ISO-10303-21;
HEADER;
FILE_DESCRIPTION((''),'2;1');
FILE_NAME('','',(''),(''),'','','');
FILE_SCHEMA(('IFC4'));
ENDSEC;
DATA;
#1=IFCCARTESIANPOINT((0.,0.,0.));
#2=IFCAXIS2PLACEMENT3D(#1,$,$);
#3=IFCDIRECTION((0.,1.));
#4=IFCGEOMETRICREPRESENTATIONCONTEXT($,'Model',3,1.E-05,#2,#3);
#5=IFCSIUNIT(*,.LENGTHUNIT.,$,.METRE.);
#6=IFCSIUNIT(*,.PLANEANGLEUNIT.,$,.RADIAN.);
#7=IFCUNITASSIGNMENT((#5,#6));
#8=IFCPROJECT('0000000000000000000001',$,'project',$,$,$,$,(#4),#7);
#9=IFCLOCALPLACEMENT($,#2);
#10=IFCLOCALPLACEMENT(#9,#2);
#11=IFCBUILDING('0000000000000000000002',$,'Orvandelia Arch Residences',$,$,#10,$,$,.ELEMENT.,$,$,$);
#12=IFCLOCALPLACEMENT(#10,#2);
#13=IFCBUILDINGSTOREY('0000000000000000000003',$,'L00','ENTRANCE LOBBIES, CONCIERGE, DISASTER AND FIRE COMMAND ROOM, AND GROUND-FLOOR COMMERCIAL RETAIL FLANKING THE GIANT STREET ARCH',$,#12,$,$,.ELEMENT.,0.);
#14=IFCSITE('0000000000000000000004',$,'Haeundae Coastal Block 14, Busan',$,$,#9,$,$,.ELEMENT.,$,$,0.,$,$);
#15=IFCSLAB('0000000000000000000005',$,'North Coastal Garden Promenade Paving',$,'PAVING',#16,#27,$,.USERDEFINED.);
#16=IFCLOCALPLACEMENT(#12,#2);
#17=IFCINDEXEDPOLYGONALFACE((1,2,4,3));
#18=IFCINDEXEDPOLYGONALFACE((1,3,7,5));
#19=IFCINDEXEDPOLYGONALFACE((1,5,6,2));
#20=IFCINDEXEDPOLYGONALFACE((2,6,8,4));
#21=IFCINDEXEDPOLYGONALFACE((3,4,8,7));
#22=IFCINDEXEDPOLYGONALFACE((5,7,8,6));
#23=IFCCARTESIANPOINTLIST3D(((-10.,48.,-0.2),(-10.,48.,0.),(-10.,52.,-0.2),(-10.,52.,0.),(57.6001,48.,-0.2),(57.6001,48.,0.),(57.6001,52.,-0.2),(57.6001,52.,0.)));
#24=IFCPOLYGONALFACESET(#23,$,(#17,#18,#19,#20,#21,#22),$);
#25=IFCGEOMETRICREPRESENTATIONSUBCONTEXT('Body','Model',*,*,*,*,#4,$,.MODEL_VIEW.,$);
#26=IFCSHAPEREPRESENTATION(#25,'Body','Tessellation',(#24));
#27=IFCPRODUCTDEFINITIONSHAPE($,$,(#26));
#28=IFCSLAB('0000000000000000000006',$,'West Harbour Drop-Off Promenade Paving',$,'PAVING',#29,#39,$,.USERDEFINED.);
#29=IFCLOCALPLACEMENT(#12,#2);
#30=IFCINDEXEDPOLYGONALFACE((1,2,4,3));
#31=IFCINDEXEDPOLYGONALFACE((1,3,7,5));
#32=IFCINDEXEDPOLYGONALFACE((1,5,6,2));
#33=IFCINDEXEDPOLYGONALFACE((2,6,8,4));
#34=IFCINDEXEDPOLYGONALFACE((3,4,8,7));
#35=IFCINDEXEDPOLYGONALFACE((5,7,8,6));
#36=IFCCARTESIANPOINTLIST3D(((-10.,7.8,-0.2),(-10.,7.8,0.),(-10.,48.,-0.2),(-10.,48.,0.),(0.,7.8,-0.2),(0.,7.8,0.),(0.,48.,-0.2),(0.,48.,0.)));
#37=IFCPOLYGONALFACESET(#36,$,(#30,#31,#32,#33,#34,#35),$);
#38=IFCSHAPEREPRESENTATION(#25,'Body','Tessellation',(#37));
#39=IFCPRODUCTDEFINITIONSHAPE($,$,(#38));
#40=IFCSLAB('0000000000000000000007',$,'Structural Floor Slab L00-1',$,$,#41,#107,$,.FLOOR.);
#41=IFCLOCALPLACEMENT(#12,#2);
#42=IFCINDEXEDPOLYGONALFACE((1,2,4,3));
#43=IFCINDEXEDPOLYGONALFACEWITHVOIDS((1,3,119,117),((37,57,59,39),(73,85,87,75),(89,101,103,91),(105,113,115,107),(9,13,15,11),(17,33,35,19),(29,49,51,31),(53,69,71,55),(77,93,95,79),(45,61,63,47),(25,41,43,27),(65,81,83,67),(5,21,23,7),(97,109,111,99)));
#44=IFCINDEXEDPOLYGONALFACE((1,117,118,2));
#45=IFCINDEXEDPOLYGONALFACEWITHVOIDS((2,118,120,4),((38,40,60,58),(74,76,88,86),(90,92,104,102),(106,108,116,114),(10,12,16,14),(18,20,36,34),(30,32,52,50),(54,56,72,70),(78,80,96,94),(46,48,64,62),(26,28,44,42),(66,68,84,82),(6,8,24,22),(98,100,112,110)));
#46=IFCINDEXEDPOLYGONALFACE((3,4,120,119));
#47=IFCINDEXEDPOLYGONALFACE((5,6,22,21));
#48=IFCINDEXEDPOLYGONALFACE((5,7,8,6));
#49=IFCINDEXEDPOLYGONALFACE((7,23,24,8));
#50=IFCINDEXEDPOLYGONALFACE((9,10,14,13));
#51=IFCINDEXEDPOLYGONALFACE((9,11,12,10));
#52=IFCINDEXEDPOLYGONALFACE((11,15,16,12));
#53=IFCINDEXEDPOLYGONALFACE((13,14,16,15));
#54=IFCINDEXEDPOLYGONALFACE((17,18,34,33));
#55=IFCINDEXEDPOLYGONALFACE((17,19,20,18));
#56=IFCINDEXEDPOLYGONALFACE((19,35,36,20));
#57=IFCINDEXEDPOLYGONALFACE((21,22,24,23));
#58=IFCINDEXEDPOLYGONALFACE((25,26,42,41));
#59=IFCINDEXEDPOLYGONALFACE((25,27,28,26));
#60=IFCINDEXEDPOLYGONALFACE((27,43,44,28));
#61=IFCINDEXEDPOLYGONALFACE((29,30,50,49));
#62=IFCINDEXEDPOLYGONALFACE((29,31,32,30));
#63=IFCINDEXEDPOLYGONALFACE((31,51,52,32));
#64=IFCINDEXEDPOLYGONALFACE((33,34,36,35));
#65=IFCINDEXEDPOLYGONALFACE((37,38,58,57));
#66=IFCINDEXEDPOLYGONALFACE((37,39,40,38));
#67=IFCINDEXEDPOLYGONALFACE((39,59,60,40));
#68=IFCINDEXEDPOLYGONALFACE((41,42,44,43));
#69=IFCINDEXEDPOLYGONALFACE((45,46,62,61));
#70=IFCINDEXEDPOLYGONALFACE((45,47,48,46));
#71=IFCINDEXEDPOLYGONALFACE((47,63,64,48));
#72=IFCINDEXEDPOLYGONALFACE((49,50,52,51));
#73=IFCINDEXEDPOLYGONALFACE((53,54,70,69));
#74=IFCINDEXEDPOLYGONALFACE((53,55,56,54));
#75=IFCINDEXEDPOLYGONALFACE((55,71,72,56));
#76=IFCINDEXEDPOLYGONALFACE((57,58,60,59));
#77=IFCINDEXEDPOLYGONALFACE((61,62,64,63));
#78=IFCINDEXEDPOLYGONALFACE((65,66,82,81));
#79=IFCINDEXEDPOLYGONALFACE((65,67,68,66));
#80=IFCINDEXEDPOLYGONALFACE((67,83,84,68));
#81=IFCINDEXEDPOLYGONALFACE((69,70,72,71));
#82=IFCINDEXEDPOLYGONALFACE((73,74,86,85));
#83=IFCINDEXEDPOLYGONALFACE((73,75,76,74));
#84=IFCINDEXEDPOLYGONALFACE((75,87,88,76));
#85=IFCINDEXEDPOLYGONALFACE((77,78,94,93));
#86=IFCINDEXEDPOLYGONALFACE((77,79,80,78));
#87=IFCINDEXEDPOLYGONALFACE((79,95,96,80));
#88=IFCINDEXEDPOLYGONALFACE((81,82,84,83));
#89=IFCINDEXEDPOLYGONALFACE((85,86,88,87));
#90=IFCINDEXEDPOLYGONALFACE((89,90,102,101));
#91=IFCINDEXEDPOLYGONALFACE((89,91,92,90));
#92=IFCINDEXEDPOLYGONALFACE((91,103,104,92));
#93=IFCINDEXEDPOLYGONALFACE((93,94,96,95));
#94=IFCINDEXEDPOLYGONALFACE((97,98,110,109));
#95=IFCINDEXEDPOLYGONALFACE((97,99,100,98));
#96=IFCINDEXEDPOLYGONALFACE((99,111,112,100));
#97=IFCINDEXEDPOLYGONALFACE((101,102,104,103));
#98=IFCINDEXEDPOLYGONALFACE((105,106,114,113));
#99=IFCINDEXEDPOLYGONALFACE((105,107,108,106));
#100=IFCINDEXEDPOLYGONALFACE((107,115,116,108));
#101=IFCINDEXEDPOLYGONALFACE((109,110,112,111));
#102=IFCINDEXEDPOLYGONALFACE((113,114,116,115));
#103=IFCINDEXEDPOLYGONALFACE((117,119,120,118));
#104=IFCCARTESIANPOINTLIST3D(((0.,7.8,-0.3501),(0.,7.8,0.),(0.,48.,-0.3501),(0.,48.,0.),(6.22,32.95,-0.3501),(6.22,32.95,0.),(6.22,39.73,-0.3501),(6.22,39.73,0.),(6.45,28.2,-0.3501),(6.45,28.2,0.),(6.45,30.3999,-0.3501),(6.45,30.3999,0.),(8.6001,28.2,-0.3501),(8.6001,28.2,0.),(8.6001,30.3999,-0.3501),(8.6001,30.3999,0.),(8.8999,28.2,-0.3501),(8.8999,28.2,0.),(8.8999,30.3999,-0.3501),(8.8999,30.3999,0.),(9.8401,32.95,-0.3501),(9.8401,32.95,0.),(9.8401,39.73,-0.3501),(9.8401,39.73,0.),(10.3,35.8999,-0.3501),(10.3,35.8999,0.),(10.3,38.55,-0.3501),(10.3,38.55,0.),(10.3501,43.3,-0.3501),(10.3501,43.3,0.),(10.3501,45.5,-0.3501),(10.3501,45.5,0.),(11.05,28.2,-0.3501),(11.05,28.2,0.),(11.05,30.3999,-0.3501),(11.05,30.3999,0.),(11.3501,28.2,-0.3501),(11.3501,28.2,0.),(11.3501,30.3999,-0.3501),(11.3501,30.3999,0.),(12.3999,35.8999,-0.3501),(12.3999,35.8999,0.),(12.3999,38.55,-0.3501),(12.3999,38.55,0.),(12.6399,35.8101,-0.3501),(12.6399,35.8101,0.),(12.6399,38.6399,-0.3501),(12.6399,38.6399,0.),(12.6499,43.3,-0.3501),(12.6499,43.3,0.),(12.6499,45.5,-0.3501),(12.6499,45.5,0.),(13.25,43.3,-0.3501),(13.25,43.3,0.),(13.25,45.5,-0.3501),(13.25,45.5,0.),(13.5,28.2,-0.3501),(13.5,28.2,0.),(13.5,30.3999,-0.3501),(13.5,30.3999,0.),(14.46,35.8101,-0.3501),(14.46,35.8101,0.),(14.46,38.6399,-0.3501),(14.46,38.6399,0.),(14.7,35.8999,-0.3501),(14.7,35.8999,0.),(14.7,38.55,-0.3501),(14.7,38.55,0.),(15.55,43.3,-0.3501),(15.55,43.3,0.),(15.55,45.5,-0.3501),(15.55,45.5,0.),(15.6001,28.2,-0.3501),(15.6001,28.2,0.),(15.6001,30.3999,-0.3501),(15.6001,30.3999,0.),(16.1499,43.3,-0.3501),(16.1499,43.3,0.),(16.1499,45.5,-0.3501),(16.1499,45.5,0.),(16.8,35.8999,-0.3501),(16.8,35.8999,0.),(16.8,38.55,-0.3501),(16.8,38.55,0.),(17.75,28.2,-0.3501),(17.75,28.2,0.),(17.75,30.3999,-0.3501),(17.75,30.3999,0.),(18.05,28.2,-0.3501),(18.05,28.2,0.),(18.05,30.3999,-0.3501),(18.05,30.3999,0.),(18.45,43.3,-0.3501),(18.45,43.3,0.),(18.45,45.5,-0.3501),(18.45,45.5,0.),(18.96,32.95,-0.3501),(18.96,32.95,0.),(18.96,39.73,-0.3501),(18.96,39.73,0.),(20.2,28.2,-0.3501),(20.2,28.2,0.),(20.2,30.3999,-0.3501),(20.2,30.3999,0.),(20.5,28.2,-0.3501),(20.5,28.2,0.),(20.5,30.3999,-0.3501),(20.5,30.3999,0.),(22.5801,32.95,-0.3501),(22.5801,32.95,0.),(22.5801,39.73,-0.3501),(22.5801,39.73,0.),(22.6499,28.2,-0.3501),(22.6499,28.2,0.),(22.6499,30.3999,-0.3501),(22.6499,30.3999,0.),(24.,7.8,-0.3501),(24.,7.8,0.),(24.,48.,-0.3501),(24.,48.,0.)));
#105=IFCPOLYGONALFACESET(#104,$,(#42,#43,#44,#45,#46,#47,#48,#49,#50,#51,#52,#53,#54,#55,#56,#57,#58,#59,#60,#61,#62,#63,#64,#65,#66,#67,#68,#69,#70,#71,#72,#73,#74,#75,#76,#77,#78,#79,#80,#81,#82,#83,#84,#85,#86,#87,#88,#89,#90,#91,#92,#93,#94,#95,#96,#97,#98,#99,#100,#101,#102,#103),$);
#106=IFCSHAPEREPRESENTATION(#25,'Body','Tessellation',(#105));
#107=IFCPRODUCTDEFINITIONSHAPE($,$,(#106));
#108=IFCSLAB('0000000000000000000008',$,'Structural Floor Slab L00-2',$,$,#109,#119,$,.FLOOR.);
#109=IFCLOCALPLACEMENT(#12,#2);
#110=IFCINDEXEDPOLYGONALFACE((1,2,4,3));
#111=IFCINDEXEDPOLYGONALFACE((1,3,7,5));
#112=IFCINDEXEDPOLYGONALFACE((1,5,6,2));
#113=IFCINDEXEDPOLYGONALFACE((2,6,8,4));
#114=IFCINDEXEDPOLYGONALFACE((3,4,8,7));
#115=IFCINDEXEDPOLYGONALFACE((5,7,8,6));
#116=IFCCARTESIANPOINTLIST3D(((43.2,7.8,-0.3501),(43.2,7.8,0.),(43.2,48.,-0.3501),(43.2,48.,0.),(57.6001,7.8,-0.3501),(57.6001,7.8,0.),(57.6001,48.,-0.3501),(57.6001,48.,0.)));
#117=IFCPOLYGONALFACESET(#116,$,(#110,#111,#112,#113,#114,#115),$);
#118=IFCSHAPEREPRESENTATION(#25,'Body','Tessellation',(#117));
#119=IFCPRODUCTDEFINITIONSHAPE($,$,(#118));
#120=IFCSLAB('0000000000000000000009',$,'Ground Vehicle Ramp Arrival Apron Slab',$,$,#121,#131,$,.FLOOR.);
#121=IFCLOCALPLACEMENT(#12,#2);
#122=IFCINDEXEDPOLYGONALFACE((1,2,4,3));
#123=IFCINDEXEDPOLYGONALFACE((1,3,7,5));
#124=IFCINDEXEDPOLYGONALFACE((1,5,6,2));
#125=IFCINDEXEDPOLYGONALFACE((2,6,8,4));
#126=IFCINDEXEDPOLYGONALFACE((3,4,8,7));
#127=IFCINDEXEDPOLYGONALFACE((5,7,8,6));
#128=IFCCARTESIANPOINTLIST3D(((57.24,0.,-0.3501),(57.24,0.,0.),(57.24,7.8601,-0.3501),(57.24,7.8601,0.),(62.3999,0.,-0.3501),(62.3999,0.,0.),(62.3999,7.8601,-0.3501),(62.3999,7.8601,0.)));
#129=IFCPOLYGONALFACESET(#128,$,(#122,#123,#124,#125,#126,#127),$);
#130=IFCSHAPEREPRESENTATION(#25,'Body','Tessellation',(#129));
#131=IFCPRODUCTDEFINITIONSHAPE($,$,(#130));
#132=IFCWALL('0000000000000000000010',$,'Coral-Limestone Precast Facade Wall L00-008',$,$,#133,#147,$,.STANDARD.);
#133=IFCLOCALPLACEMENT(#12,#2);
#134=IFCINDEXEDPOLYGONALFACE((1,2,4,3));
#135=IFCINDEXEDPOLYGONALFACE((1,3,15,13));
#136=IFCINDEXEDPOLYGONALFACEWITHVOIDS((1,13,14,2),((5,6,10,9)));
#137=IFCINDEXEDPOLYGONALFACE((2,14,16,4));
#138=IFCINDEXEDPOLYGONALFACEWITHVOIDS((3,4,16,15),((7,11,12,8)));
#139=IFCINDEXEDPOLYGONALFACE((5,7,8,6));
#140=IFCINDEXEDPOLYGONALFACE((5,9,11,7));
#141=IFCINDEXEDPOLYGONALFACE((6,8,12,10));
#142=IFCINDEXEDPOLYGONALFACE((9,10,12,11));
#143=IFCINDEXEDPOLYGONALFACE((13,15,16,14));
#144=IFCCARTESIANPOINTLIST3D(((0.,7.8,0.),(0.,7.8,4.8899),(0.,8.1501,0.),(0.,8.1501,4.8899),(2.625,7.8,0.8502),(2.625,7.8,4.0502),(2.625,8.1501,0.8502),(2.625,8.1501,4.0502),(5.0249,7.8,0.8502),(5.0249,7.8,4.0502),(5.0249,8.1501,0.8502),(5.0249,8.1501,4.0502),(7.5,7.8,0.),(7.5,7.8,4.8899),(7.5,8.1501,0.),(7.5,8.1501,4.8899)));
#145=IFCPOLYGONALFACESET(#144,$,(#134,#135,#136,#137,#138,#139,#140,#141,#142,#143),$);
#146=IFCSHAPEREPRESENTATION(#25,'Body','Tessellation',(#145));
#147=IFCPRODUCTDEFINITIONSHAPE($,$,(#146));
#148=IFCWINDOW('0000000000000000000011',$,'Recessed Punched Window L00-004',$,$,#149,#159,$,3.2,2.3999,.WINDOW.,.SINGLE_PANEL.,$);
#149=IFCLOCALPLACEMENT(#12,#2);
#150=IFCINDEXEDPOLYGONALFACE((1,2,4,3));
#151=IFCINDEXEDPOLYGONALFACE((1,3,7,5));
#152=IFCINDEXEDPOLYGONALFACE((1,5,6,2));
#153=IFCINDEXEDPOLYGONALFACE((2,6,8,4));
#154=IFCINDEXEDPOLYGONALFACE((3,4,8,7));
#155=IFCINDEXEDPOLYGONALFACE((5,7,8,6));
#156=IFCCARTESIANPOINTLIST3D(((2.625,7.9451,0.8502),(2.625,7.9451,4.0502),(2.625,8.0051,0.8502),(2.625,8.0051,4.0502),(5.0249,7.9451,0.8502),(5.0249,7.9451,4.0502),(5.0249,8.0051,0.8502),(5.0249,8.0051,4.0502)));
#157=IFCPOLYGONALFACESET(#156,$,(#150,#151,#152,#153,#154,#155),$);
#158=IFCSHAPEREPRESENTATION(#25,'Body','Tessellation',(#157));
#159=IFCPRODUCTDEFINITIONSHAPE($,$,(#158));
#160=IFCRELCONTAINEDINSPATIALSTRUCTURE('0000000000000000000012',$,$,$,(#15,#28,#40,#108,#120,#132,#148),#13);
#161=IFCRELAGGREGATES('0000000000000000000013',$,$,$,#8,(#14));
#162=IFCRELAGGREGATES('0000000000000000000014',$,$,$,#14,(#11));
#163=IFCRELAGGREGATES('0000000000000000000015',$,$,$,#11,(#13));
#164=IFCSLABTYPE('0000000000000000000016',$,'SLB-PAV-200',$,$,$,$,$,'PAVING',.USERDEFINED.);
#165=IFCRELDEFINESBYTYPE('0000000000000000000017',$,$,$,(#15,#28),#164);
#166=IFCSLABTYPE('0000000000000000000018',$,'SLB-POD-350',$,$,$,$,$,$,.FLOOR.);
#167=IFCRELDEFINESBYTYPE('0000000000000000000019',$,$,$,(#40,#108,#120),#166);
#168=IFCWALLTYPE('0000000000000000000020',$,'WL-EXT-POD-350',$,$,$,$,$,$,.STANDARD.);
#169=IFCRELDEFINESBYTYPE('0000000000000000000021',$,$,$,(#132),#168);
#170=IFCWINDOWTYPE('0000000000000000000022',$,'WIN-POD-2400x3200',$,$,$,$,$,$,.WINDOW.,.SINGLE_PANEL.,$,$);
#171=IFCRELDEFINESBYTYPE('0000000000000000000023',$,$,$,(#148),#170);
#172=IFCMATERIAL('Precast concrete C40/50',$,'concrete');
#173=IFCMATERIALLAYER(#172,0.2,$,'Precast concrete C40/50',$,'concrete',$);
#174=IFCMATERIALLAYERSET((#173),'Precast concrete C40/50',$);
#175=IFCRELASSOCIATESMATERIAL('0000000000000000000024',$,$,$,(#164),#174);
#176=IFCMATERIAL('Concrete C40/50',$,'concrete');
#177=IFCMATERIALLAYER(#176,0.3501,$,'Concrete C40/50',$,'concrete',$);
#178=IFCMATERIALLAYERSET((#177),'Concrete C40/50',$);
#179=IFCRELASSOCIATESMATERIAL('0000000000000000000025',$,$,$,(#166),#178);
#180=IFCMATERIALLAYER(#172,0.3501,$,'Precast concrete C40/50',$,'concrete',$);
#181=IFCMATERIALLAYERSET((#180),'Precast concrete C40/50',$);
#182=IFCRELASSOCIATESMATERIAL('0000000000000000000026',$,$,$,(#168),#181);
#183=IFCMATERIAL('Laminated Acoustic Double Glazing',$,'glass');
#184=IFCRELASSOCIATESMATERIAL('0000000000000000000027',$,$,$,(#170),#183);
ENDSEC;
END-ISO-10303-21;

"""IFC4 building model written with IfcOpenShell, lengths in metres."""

from ifc_helpers import new_model, si_unit, direction, frame, frame_2d, origin, place, context, subcontext, project, spatial, polyline, rectangle, outline, extrude, material, layer, layer_set, type_object, element, fill, save


model = new_model("IFC4")

# Units and contexts
model_context = context("Model", 3, precision=1e-05, world=origin(), true_north=direction((0.0, 1.0)))
body_context = subcontext(model_context, "Body", "Model", "MODEL_VIEW")
ifc_project = project(units=[si_unit("LENGTHUNIT", "METRE"), si_unit("PLANEANGLEUNIT", "RADIAN")], contexts=[model_context])

# Site, building, storey
site_placement = place(None, origin())
site = spatial("IfcSite", under=ifc_project, at=site_placement, Name="Haeundae Coastal Block 14, Busan", CompositionType="ELEMENT", RefElevation=0.0)
building_placement = place(site_placement, origin())
building = spatial("IfcBuilding", under=site, at=building_placement, Name="Orvandelia Arch Residences", CompositionType="ELEMENT")
storey_placement = place(building_placement, origin())
storey = spatial("IfcBuildingStorey", under=building, at=storey_placement, Name="L00", Description="ENTRANCE LOBBIES, CONCIERGE, DISASTER AND FIRE COMMAND ROOM, AND GROUND-FLOOR COMMERCIAL RETAIL FLANKING THE GIANT STREET ARCH", CompositionType="ELEMENT", Elevation=0.0)

# Shared definitions
ifc_material_1 = material(Name="Concrete C40/50", Category="concrete")

# Slabs
ifc_material_2 = material(Name="Precast concrete C40/50", Category="concrete")
ifc_layer_1 = layer(ifc_material_2, 0.2, Name="Precast concrete C40/50", Category="concrete")
ifc_layer_set_1 = layer_set([ifc_layer_1], Name="Precast concrete C40/50")
slab_type_1 = type_object("IfcSlabType", Name="SLB-PAV-200", ElementType="PAVING", PredefinedType="USERDEFINED", material=ifc_layer_set_1)
slab_1_placement = place(storey_placement, frame((0.0, 0.0, -0.2)))
element("IfcSlab", 1, at=slab_1_placement, inside=storey, type_object=slab_type_1, Name="North Coastal Garden Promenade Paving", ObjectType="PAVING", PredefinedType="USERDEFINED", context=body_context, shape_type="SweptSolid", body=[
    extrude(outline(polyline([(-10.0, 48.0), (57.6001, 48.0), (57.6001, 52.0), (-10.0, 52.0), (-10.0, 48.0)])), origin(), (0.0, 0.0, 1.0), 0.2),
])
slab_2_placement = place(storey_placement, frame((0.0, 0.0, -0.2)))
element("IfcSlab", 2, at=slab_2_placement, inside=storey, type_object=slab_type_1, Name="West Harbour Drop-Off Promenade Paving", ObjectType="PAVING", PredefinedType="USERDEFINED", context=body_context, shape_type="SweptSolid", body=[
    extrude(outline(polyline([(-10.0, 7.8), (0.0, 7.8), (0.0, 48.0), (-10.0, 48.0), (-10.0, 7.8)])), origin(), (0.0, 0.0, 1.0), 0.2),
])
ifc_layer_2 = layer(ifc_material_1, 0.3501, Name="Concrete C40/50", Category="concrete")
ifc_layer_set_2 = layer_set([ifc_layer_2], Name="Concrete C40/50")
slab_type_2 = type_object("IfcSlabType", Name="SLB-POD-350", PredefinedType="FLOOR", material=ifc_layer_set_2)
slab_3_placement = place(storey_placement, frame((0.0, 0.0, -0.3501)))
element("IfcSlab", 3, at=slab_3_placement, inside=storey, type_object=slab_type_2, Name="Structural Floor Slab L00-1", PredefinedType="FLOOR", context=body_context, shape_type="SweptSolid", body=[
    extrude(outline(polyline([(0.0, 7.8), (24.0, 7.8), (24.0, 48.0), (0.0, 48.0), (0.0, 7.8)]), holes=[polyline([(6.22, 32.95), (9.8401, 32.95), (9.8401, 39.73), (6.22, 39.73), (6.22, 32.95)]), polyline([(18.96, 32.95), (22.5801, 32.95), (22.5801, 39.73), (18.96, 39.73), (18.96, 32.95)]), polyline([(12.6399, 35.8101), (14.46, 35.8101), (14.46, 38.6399), (12.6399, 38.6399), (12.6399, 35.8101)]), polyline([(10.3, 35.8999), (12.3999, 35.8999), (12.3999, 38.55), (10.3, 38.55), (10.3, 35.8999)]), polyline([(14.7, 35.8999), (16.8, 35.8999), (16.8, 38.55), (14.7, 38.55), (14.7, 35.8999)]), polyline([(10.3501, 43.3), (12.6499, 43.3), (12.6499, 45.5), (10.3501, 45.5), (10.3501, 43.3)]), polyline([(13.25, 43.3), (15.55, 43.3), (15.55, 45.5), (13.25, 45.5), (13.25, 43.3)]), polyline([(16.1499, 43.3), (18.45, 43.3), (18.45, 45.5), (16.1499, 45.5), (16.1499, 43.3)]), polyline([(6.45, 28.2), (8.6001, 28.2), (8.6001, 30.3999), (6.45, 30.3999), (6.45, 28.2)]), polyline([(8.8999, 28.2), (11.05, 28.2), (11.05, 30.3999), (8.8999, 30.3999), (8.8999, 28.2)]), polyline([(11.3501, 28.2), (13.5, 28.2), (13.5, 30.3999), (11.3501, 30.3999), (11.3501, 28.2)]), polyline([(15.6001, 28.2), (17.75, 28.2), (17.75, 30.3999), (15.6001, 30.3999), (15.6001, 28.2)]), polyline([(18.05, 28.2), (20.2, 28.2), (20.2, 30.3999), (18.05, 30.3999), (18.05, 28.2)]), polyline([(20.5, 28.2), (22.6499, 28.2), (22.6499, 30.3999), (20.5, 30.3999), (20.5, 28.2)])]), origin(), (0.0, 0.0, 1.0), 0.3501),
])
slab_4_placement = place(storey_placement, frame((0.0, 0.0, -0.3501)))
element("IfcSlab", 4, at=slab_4_placement, inside=storey, type_object=slab_type_2, Name="Structural Floor Slab L00-2", PredefinedType="FLOOR", context=body_context, shape_type="SweptSolid", body=[
    extrude(outline(polyline([(43.2, 7.8), (57.6001, 7.8), (57.6001, 48.0), (43.2, 48.0), (43.2, 7.8)])), origin(), (0.0, 0.0, 1.0), 0.3501),
])
slab_5_placement = place(storey_placement, frame((0.0, 0.0, -0.3501)))
element("IfcSlab", 5, at=slab_5_placement, inside=storey, type_object=slab_type_2, Name="Ground Vehicle Ramp Arrival Apron Slab", PredefinedType="FLOOR", context=body_context, shape_type="SweptSolid", body=[
    extrude(outline(polyline([(57.24, 0.0), (62.3999, 0.0), (62.3999, 7.8601), (57.24, 7.8601), (57.24, 0.0)])), origin(), (0.0, 0.0, 1.0), 0.3501),
])

# Wall, opening, window
ifc_layer_3 = layer(ifc_material_2, 0.3501, Name="Precast concrete C40/50", Category="concrete")
ifc_layer_set_3 = layer_set([ifc_layer_3], Name="Precast concrete C40/50")
wall_type = type_object("IfcWallType", Name="WL-EXT-POD-350", PredefinedType="STANDARD", material=ifc_layer_set_3)
wall_1_placement = place(storey_placement, frame((7.5, 7.9751, 0.0), z_axis=(0.0, 0.0, 1.0), x_axis=(-1.0, 0.0, 0.0)))
wall_1 = element("IfcWall", 6, at=wall_1_placement, inside=storey, type_object=wall_type, Name="Coral-Limestone Precast Facade Wall L00-008", PredefinedType="STANDARD", context=body_context, shape_type="SweptSolid", body=[
    extrude(rectangle(XDim=7.5, YDim=0.3501, at=frame_2d((3.75, 0.0))), origin(), (0.0, 0.0, 1.0), 4.8899),
])
opening_1_placement = place(wall_1_placement, frame((2.4751, 0.0, 0.8501)))
opening_1 = element("IfcOpeningElement", 7, at=opening_1_placement, cuts=wall_1, PredefinedType="OPENING", context=body_context, shape_type="SweptSolid", body=[
    extrude(rectangle(XDim=2.3999, YDim=3.2, at=frame_2d((1.2, 1.6001))), frame((0.0, 0.1851, 0.0), z_axis=(0.0, -1.0, 0.0), x_axis=(1.0, 0.0, 0.0)), (0.0, 0.0, 1.0), 0.3701),
])
ifc_material_3 = material(Name="Laminated Acoustic Double Glazing", Category="glass")
window_type_1 = type_object("IfcWindowType", Name="WIN-POD-2400x3200", PartitioningType="SINGLE_PANEL", PredefinedType="WINDOW", material=ifc_material_3)
window_1_placement = place(opening_1_placement, origin())
window_1 = element("IfcWindow", 8, at=window_1_placement, inside=storey, type_object=window_type_1, Name="Recessed Punched Window L00-004", OverallHeight=3.2, OverallWidth=2.3999, PartitioningType="SINGLE_PANEL", PredefinedType="WINDOW", context=body_context, shape_type="SweptSolid", body=[
    extrude(rectangle(XDim=2.3999, YDim=3.2, at=frame_2d((1.2, 1.6001))), frame((0.0, 0.03, 0.0), z_axis=(0.0, -1.0, 0.0), x_axis=(1.0, 0.0, 0.0)), (0.0, 0.0, 1.0), 0.0601),
])
fill(opening_1, window_1)

save(model, "model.ifc")
